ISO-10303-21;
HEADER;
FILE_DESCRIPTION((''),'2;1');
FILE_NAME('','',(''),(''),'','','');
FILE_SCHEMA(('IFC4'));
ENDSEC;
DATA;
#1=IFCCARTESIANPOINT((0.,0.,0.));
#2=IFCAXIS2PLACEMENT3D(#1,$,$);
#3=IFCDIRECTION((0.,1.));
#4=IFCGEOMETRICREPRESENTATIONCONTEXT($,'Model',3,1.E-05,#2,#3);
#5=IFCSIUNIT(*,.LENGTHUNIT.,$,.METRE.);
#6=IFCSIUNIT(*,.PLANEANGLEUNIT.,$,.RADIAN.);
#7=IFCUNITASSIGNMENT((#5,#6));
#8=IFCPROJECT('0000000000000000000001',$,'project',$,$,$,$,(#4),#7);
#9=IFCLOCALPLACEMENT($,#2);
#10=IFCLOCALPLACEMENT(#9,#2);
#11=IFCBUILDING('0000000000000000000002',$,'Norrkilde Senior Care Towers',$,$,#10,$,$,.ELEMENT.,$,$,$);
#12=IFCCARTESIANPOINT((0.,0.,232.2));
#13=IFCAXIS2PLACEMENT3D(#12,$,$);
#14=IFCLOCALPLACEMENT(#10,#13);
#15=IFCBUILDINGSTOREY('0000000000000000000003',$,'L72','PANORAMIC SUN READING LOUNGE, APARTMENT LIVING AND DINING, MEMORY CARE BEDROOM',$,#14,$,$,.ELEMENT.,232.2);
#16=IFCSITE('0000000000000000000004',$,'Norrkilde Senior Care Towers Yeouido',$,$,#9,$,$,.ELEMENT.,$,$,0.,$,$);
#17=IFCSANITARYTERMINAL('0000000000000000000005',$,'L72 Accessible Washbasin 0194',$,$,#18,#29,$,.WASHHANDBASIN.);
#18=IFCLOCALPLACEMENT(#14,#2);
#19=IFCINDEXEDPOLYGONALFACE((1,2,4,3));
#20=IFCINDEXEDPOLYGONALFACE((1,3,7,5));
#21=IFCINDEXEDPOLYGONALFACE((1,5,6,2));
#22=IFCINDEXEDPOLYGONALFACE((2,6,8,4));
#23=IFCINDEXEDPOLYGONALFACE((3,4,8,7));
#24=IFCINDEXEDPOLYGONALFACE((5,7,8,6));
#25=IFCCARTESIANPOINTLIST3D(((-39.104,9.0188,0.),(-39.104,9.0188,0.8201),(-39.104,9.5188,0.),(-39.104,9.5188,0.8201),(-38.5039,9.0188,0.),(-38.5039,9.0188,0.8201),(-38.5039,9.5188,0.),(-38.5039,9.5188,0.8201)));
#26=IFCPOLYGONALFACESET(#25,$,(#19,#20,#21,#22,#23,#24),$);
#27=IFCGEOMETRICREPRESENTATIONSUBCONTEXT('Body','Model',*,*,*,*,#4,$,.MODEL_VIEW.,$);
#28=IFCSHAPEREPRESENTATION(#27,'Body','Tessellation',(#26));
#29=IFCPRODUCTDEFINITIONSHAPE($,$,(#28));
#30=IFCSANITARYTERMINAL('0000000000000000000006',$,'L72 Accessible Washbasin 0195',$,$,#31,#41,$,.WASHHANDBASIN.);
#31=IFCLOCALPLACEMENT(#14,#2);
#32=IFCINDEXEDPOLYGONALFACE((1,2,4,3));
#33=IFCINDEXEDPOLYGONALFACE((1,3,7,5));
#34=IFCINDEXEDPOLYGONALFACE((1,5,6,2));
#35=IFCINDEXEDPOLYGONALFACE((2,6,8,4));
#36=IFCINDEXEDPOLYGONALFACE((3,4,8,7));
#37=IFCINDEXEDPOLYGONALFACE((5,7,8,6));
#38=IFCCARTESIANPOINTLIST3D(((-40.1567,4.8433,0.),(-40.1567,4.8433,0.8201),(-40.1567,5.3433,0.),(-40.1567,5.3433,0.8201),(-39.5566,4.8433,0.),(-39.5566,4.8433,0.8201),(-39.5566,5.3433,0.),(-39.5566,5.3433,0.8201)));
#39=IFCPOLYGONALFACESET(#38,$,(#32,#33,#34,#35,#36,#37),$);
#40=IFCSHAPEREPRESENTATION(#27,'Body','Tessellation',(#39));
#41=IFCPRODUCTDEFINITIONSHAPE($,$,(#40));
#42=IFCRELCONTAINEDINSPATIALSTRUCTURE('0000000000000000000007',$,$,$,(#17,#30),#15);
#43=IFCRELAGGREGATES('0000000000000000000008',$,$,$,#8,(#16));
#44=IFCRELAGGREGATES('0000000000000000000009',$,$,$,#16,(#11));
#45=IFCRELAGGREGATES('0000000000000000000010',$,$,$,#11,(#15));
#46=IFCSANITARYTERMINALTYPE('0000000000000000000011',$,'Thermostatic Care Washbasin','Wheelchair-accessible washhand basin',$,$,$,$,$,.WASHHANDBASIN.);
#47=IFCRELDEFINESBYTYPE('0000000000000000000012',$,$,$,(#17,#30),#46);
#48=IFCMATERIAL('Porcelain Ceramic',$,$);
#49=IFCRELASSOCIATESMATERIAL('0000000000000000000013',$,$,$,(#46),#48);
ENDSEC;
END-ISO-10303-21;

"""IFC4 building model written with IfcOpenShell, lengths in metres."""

from ifc_helpers import new_model, si_unit, direction, frame, origin, origin_2d, place, context, subcontext, project, spatial, rectangle, extrude, source, transform, mapped, material, type_object, type_shapes, element, save


model = new_model("IFC4")

# Units and contexts
model_context = context("Model", 3, precision=1e-05, world=origin(), true_north=direction((0.0, 1.0)))
body_context = subcontext(model_context, "Body", "Model", "MODEL_VIEW")
ifc_project = project(units=[si_unit("LENGTHUNIT", "METRE"), si_unit("PLANEANGLEUNIT", "RADIAN")], contexts=[model_context])

# Site, building, storey
site_placement = place(None, origin())
site = spatial("IfcSite", under=ifc_project, at=site_placement, Name="Norrkilde Senior Care Towers Yeouido", CompositionType="ELEMENT", RefElevation=0.0)
building_placement = place(site_placement, origin())
building = spatial("IfcBuilding", under=site, at=building_placement, Name="Norrkilde Senior Care Towers", CompositionType="ELEMENT")
storey_placement = place(building_placement, frame((0.0, 0.0, 232.2)))
storey = spatial("IfcBuildingStorey", under=building, at=storey_placement, Name="L72", Description="PANORAMIC SUN READING LOUNGE, APARTMENT LIVING AND DINING, MEMORY CARE BEDROOM", CompositionType="ELEMENT", Elevation=232.2)

# Sanitary terminals
ifc_material_1 = material(Name="Porcelain Ceramic")
sanitary_terminal_type_1 = type_object("IfcSanitaryTerminalType", Name="Thermostatic Care Washbasin", Description="Wheelchair-accessible washhand basin", PredefinedType="WASHHANDBASIN", material=ifc_material_1)
shared_shape_1 = source(origin(), body_context, "Body", "SweptSolid", [
    extrude(rectangle(XDim=0.6001, YDim=0.5, at=origin_2d()), origin(), (0.0, 0.0, 1.0), 0.8201),
])
type_shapes(sanitary_terminal_type_1, [shared_shape_1])
for number, where, z_axis, x_axis, name in (
    (1, (-38.804, 9.2688, 0.0), (0.0, 0.0, 1.0), (1.0, 0.0, 0.0), "L72 Accessible Washbasin 0194"),
    (2, (-39.8567, 5.0933, 0.0), (0.0, 0.0, 1.0), (1.0, 0.0, 0.0), "L72 Accessible Washbasin 0195"),
):
    element("IfcSanitaryTerminal", number, at=place(storey_placement, frame(where, z_axis=z_axis, x_axis=x_axis)), inside=storey, type_object=sanitary_terminal_type_1, Name=name, PredefinedType="WASHHANDBASIN", context=body_context, shape_type="MappedRepresentation", body=[
        mapped(shared_shape_1, transform((0.0, 0.0, 0.0), x_axis=(1.0, 0.0, 0.0), y_axis=(0.0, 1.0, 0.0), z_axis=(0.0, 0.0, 1.0), scale=1.0)),
    ])

save(model, "model.ifc")
